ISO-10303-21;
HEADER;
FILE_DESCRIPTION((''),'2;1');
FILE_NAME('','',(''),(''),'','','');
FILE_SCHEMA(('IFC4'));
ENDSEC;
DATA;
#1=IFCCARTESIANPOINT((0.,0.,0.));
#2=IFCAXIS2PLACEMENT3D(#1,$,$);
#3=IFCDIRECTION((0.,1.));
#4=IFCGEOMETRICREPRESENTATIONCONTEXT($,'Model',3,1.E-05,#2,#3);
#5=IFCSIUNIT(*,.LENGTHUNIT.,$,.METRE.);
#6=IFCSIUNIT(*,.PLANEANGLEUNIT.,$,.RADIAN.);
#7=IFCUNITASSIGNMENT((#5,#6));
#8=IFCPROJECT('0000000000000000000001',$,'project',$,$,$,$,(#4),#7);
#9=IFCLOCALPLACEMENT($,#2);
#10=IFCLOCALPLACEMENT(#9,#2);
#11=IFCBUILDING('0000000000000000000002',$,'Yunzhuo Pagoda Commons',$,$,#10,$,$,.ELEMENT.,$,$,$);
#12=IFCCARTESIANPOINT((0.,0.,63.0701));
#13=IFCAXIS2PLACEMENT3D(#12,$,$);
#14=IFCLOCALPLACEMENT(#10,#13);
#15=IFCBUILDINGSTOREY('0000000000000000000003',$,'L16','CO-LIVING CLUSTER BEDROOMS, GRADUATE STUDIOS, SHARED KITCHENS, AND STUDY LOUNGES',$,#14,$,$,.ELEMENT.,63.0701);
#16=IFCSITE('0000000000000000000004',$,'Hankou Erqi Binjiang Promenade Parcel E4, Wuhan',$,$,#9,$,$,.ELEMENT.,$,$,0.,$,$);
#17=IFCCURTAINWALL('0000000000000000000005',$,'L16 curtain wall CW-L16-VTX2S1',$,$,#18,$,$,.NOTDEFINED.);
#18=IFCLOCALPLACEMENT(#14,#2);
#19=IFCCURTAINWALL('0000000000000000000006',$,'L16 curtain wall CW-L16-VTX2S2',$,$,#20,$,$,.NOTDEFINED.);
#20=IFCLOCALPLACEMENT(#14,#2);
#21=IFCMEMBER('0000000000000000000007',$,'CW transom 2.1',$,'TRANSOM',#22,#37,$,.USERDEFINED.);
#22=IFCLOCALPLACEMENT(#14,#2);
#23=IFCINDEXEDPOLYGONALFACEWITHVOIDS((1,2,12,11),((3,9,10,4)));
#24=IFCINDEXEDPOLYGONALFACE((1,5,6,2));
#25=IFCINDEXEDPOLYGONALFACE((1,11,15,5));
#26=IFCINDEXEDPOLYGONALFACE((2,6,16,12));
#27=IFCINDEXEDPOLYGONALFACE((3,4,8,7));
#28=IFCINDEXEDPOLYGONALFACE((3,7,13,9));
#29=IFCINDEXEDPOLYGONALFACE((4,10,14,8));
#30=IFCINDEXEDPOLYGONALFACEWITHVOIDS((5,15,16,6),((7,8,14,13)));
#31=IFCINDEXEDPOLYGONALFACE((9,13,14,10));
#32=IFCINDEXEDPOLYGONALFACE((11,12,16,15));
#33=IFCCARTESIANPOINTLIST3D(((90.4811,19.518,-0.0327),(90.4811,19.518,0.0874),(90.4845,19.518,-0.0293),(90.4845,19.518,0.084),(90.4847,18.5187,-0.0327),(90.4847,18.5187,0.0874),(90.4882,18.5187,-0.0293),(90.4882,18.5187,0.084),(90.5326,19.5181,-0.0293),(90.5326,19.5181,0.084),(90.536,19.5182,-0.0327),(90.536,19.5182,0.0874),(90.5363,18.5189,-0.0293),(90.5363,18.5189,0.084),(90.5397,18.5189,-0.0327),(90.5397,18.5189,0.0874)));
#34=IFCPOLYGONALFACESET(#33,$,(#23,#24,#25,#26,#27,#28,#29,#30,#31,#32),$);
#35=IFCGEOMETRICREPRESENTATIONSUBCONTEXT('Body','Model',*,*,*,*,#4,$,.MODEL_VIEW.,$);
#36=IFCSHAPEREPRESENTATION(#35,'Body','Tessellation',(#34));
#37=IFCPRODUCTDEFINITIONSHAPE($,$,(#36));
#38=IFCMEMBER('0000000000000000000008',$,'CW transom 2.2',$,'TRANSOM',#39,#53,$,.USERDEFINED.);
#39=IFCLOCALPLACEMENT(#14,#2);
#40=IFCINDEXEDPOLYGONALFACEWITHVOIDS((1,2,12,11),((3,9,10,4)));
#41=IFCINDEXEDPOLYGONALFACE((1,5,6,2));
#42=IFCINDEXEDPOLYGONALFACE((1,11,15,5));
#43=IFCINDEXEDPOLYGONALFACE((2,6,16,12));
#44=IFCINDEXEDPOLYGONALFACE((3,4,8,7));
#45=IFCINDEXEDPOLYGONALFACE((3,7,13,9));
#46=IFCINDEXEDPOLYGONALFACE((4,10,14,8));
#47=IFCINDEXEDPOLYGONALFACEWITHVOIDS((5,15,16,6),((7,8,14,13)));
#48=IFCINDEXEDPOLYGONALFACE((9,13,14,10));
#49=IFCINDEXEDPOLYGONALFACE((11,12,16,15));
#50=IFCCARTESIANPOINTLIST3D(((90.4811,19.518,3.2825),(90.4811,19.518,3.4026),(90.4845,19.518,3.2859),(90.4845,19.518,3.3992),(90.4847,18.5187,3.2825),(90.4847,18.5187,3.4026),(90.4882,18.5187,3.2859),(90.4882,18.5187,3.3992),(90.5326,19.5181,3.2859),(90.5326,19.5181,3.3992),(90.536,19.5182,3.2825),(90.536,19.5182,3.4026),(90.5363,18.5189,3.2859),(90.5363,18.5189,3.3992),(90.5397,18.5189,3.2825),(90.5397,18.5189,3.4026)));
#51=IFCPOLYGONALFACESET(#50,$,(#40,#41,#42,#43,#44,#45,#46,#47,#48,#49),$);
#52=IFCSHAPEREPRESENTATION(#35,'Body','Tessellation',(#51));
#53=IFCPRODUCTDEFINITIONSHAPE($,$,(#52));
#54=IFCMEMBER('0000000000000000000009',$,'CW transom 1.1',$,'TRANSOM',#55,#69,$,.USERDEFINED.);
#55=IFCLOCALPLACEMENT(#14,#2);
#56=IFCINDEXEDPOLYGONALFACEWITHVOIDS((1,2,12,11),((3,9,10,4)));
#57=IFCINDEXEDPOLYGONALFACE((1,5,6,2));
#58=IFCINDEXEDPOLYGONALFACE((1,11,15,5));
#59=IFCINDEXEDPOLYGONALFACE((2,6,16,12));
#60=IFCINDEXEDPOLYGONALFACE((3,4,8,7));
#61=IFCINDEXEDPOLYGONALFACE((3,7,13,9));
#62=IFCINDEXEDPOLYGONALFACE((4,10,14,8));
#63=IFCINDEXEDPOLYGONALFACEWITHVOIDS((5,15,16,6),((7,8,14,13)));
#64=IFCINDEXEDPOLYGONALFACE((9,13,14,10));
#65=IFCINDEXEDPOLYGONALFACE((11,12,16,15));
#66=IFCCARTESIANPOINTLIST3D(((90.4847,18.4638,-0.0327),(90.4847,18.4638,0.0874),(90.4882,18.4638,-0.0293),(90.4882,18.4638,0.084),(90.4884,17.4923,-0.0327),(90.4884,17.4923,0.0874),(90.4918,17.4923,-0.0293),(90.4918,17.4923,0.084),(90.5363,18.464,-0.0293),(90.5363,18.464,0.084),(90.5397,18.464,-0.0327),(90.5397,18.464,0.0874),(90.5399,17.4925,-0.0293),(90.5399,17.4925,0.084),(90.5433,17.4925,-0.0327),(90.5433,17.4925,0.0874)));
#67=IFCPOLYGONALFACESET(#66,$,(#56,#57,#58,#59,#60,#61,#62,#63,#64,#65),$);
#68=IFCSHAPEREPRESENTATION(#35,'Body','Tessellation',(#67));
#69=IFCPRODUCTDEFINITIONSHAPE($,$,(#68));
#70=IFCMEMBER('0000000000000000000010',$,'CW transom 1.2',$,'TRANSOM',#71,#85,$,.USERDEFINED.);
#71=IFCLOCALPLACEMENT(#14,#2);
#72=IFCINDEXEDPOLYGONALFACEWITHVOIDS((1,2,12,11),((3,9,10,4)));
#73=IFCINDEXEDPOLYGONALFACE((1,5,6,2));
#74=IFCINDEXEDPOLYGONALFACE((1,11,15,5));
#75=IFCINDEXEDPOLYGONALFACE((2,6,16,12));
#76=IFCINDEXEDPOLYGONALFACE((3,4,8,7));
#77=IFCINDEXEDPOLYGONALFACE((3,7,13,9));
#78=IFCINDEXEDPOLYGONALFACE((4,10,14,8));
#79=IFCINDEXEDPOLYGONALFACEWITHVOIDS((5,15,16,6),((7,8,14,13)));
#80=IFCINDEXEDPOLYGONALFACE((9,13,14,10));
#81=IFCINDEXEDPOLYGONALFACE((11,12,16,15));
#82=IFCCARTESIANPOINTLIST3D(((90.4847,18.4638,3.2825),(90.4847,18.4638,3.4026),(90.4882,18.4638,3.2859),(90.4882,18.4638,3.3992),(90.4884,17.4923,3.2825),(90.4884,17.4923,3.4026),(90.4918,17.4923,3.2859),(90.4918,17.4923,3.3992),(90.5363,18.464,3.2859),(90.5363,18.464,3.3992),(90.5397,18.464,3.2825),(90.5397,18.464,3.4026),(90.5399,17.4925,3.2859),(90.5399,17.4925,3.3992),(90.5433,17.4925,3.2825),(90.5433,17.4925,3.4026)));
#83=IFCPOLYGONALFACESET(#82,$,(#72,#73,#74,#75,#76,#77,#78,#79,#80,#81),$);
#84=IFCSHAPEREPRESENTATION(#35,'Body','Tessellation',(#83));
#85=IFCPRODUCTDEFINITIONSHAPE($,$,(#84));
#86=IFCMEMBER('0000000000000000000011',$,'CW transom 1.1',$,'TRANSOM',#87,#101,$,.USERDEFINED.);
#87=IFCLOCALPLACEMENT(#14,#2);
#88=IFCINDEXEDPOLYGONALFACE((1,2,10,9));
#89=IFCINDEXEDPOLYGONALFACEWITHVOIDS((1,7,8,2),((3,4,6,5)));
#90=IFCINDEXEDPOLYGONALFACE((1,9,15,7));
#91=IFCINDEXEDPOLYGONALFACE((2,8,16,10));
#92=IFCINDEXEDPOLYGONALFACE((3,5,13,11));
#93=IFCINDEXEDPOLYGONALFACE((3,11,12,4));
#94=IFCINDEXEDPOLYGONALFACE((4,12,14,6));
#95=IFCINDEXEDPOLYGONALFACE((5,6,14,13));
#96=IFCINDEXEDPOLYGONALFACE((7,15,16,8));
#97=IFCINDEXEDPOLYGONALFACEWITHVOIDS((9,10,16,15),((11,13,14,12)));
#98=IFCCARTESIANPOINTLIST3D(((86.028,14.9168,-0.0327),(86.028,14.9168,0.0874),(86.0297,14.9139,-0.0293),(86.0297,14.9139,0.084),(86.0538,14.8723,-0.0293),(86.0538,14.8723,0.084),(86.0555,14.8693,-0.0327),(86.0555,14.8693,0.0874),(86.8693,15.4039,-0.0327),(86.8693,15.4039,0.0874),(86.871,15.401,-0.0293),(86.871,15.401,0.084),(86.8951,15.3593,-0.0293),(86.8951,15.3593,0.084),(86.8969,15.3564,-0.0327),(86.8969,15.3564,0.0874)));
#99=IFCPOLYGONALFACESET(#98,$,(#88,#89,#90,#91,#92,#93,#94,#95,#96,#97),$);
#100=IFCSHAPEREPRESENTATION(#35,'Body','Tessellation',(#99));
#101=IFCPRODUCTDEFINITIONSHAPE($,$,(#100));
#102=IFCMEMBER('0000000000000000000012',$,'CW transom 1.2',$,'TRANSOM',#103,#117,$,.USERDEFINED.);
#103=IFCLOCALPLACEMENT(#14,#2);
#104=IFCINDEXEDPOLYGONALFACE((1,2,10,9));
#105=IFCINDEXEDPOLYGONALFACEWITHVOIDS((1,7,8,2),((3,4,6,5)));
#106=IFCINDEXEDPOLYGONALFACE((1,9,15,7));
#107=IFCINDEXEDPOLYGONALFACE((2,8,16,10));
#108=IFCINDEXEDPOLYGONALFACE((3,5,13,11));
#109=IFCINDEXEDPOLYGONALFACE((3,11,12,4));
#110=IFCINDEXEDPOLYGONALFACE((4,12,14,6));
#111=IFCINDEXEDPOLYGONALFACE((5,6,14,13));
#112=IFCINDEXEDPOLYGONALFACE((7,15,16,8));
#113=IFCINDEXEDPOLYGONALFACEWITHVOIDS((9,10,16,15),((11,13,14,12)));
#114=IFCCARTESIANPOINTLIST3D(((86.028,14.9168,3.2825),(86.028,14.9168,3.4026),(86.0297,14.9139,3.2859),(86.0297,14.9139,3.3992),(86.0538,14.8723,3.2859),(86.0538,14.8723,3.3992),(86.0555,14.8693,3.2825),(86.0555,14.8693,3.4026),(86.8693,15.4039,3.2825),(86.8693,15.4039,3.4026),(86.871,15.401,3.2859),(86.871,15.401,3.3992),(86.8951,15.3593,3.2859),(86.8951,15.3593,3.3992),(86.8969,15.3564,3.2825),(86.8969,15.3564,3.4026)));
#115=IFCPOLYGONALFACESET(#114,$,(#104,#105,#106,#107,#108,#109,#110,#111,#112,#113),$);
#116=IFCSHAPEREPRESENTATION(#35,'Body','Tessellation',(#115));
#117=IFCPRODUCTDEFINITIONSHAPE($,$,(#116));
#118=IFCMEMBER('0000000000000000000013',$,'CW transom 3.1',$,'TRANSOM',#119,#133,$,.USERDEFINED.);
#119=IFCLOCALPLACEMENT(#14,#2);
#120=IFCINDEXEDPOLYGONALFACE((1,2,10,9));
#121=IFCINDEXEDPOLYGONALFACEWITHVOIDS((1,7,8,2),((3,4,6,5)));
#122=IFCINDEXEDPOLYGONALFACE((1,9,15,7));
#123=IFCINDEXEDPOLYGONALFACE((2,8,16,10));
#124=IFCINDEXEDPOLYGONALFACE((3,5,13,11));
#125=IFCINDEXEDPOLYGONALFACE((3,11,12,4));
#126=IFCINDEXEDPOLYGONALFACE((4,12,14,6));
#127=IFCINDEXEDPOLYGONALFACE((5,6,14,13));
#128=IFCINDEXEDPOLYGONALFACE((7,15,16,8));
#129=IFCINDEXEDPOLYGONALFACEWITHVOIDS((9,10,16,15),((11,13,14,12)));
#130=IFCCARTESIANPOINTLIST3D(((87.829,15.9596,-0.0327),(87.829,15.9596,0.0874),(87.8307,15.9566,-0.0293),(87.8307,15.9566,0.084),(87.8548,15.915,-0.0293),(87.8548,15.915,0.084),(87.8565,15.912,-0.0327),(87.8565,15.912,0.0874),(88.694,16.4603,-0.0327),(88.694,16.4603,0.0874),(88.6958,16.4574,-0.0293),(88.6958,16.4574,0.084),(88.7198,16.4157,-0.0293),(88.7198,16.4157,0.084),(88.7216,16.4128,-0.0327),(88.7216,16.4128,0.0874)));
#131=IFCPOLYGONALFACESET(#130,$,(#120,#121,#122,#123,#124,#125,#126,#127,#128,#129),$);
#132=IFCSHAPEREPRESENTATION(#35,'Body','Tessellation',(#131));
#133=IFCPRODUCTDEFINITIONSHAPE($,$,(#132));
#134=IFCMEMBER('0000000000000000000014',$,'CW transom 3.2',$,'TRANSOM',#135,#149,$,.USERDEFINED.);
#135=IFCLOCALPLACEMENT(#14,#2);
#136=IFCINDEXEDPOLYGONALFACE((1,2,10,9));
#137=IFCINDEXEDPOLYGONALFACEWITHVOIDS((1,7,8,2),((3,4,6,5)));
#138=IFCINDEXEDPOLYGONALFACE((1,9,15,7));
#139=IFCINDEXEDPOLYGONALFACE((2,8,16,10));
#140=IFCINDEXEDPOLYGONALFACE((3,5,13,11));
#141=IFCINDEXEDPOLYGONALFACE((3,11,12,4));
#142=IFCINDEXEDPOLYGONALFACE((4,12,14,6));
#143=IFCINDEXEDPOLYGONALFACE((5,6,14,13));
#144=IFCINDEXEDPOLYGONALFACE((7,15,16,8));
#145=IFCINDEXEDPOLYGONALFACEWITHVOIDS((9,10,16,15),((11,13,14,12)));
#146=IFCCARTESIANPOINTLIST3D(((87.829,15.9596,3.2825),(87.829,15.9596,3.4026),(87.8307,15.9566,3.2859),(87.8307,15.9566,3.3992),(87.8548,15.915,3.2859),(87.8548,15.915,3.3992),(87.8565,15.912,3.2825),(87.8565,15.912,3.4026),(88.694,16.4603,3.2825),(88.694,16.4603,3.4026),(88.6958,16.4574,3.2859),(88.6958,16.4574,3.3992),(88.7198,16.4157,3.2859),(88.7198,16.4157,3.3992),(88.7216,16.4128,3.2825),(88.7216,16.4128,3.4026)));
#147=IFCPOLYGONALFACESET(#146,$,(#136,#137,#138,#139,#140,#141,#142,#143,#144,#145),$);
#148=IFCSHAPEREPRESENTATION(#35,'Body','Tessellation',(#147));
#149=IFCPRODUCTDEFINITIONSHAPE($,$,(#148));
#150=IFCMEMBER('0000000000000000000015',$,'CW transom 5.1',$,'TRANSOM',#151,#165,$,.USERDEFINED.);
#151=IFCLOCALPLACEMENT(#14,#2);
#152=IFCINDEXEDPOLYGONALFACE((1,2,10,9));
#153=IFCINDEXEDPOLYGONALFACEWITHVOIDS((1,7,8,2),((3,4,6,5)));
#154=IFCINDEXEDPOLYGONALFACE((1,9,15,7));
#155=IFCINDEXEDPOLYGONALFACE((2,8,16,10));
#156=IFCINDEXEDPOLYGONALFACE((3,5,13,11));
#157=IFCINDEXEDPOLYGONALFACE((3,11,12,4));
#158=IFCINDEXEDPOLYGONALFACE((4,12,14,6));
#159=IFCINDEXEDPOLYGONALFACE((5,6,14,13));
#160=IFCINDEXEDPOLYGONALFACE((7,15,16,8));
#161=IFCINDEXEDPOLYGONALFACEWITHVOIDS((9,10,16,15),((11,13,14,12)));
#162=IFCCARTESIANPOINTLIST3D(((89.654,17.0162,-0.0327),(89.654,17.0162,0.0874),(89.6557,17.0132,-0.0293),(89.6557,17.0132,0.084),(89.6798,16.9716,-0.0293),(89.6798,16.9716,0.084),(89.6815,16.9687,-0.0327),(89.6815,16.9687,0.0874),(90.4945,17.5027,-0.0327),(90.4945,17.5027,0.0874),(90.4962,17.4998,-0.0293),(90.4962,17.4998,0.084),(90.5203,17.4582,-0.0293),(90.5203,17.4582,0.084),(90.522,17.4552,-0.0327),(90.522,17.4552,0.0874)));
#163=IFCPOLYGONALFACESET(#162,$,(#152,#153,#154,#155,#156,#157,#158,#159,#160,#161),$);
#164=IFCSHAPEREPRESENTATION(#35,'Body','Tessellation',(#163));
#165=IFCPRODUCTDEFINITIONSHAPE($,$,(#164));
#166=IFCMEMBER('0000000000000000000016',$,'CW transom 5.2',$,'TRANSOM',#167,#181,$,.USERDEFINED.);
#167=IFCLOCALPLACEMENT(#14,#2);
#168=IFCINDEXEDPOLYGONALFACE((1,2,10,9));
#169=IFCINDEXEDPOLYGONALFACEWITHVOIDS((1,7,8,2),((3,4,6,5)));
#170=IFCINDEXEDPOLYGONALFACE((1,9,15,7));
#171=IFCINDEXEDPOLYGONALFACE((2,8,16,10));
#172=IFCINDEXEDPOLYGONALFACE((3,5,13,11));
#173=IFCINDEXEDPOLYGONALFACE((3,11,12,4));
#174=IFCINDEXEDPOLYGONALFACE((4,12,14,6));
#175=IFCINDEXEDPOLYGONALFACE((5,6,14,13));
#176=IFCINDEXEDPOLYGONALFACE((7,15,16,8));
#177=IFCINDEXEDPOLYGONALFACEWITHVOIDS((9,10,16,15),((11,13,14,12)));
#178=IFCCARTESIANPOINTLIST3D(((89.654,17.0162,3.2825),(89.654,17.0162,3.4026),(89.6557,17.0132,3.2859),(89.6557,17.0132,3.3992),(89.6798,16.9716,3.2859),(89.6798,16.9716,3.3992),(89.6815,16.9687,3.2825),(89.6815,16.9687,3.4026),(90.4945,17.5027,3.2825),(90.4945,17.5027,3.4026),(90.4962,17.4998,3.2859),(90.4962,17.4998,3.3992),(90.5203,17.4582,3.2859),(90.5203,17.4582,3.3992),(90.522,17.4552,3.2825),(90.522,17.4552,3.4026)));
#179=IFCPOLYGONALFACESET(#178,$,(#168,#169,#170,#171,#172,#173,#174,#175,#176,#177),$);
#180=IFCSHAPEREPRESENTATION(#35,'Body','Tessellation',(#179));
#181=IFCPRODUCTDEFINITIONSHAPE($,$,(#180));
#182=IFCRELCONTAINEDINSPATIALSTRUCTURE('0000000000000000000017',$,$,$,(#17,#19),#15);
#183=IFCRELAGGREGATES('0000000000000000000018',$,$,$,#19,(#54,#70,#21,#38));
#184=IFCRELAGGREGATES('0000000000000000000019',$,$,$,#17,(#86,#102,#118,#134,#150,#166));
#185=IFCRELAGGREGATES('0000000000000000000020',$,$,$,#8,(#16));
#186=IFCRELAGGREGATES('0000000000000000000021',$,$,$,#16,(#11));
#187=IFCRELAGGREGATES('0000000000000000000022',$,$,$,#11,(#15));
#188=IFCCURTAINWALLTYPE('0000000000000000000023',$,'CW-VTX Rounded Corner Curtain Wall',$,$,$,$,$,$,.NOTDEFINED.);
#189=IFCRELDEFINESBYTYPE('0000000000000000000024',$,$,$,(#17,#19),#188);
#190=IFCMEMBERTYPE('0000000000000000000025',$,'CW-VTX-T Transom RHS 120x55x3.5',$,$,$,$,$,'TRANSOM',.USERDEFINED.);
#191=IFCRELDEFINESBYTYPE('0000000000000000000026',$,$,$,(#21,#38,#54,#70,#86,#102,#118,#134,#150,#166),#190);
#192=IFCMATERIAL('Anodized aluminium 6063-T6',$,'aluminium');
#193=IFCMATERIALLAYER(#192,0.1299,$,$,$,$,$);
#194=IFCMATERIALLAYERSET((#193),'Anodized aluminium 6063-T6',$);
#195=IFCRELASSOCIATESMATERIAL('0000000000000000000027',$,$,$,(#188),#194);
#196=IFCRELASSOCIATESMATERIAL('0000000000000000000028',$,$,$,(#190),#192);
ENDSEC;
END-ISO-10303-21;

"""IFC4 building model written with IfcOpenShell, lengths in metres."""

from ifc_helpers import new_model, si_unit, direction, frame, origin, origin_2d, place, context, subcontext, project, spatial, hollow_rectangle, extrude, source, transform, mapped, material, layer, layer_set, material_profile, profile_set, type_object, element, aggregate, save


model = new_model("IFC4")

# Units and contexts
model_context = context("Model", 3, precision=1e-05, world=origin(), true_north=direction((0.0, 1.0)))
body_context = subcontext(model_context, "Body", "Model", "MODEL_VIEW")
ifc_project = project(units=[si_unit("LENGTHUNIT", "METRE"), si_unit("PLANEANGLEUNIT", "RADIAN")], contexts=[model_context])

# Site, building, storey
site_placement = place(None, origin())
site = spatial("IfcSite", under=ifc_project, at=site_placement, Name="Hankou Erqi Binjiang Promenade Parcel E4, Wuhan", CompositionType="ELEMENT", RefElevation=0.0)
building_placement = place(site_placement, origin())
building = spatial("IfcBuilding", under=site, at=building_placement, Name="Yunzhuo Pagoda Commons", CompositionType="ELEMENT")
storey_placement = place(building_placement, frame((0.0, 0.0, 63.0701)))
storey = spatial("IfcBuildingStorey", under=building, at=storey_placement, Name="L16", Description="CO-LIVING CLUSTER BEDROOMS, GRADUATE STUDIOS, SHARED KITCHENS, AND STUDY LOUNGES", CompositionType="ELEMENT", Elevation=63.0701)

# Shared definitions
ifc_material_1 = material(Name="Anodized aluminium 6063-T6", Category="aluminium")

# Curtain wall
ifc_layer_1 = layer(ifc_material_1, 0.1299)
ifc_layer_set_1 = layer_set([ifc_layer_1], Name="Anodized aluminium 6063-T6")
curtain_wall_type_1 = type_object("IfcCurtainWallType", Name="CW-VTX Rounded Corner Curtain Wall", PredefinedType="NOTDEFINED", material=ifc_layer_set_1)
curtain_wall_1_placement = place(storey_placement, origin())
curtain_wall_1 = element("IfcCurtainWall", 1, at=curtain_wall_1_placement, inside=storey, type_object=curtain_wall_type_1, Name="L16 curtain wall CW-L16-VTX2S1", PredefinedType="NOTDEFINED")

# Curtain wall
curtain_wall_2_placement = place(storey_placement, origin())
curtain_wall_2 = element("IfcCurtainWall", 2, at=curtain_wall_2_placement, inside=storey, type_object=curtain_wall_type_1, Name="L16 curtain wall CW-L16-VTX2S2", PredefinedType="NOTDEFINED")

# Members
ifc_material_profile_1 = material_profile(ifc_material_1, hollow_rectangle(XDim=0.0549, YDim=0.1201, WallThickness=0.0034, at=origin_2d()), Name="Anodized aluminium 6063-T6")
ifc_profile_set_1 = profile_set([ifc_material_profile_1], Name="Anodized aluminium 6063-T6")
member_type_1 = type_object("IfcMemberType", Name="CW-VTX-T Transom RHS 120x55x3.5", ElementType="TRANSOM", PredefinedType="USERDEFINED", material=ifc_profile_set_1)
shared_shape_1 = source(origin(), body_context, "Body", "SweptSolid", [
    extrude(hollow_rectangle(XDim=0.0549, YDim=0.1201, WallThickness=0.0034, at=origin_2d()), origin(), (0.0, 0.0, 1.0), 0.9993),
])
member_1_placement = place(storey_placement, frame((90.5122, 18.5188, 0.0273), z_axis=(-0.003665, 0.999993, 0.0), x_axis=(-0.999993, -0.003665, 0.0)))
member_1 = element("IfcMember", 3, at=member_1_placement, type_object=member_type_1, Name="CW transom 2.1", ObjectType="TRANSOM", PredefinedType="USERDEFINED", context=body_context, shape_type="MappedRepresentation", body=[
    mapped(shared_shape_1, transform((0.0, 0.0, 0.0), scale=1.0)),
])
member_2_placement = place(storey_placement, frame((90.5122, 18.5188, 3.3425), z_axis=(-0.003665, 0.999993, 0.0), x_axis=(-0.999993, -0.003665, 0.0)))
member_2 = element("IfcMember", 4, at=member_2_placement, type_object=member_type_1, Name="CW transom 2.2", ObjectType="TRANSOM", PredefinedType="USERDEFINED", context=body_context, shape_type="MappedRepresentation", body=[
    mapped(shared_shape_1, transform((0.0, 0.0, 0.0), scale=1.0)),
])
shared_shape_2 = source(origin(), body_context, "Body", "SweptSolid", [
    extrude(hollow_rectangle(XDim=0.0549, YDim=0.1201, WallThickness=0.0034, at=origin_2d()), origin(), (0.0, 0.0, 1.0), 0.9714),
])
member_3_placement = place(storey_placement, frame((90.5159, 17.4924, 0.0273), z_axis=(-0.00377, 0.999993, 0.0), x_axis=(-0.999993, -0.00377, 0.0)))
member_3 = element("IfcMember", 5, at=member_3_placement, type_object=member_type_1, Name="CW transom 1.1", ObjectType="TRANSOM", PredefinedType="USERDEFINED", context=body_context, shape_type="MappedRepresentation", body=[
    mapped(shared_shape_2, transform((0.0, 0.0, 0.0), scale=1.0)),
])
member_4_placement = place(storey_placement, frame((90.5159, 17.4924, 3.3425), z_axis=(-0.00377, 0.999993, 0.0), x_axis=(-0.999993, -0.00377, 0.0)))
member_4 = element("IfcMember", 6, at=member_4_placement, type_object=member_type_1, Name="CW transom 1.2", ObjectType="TRANSOM", PredefinedType="USERDEFINED", context=body_context, shape_type="MappedRepresentation", body=[
    mapped(shared_shape_2, transform((0.0, 0.0, 0.0), scale=1.0)),
])
shared_shape_3 = source(origin(), body_context, "Body", "SweptSolid", [
    extrude(hollow_rectangle(XDim=0.0549, YDim=0.1201, WallThickness=0.0034, at=origin_2d()), origin(), (0.0, 0.0, 1.0), 0.9722),
])
member_5_placement = place(storey_placement, frame((86.0417, 14.8931, 0.0273), z_axis=(0.865432, 0.501026, 0.0), x_axis=(-0.501026, 0.865432, 0.0)))
member_5 = element("IfcMember", 7, at=member_5_placement, type_object=member_type_1, Name="CW transom 1.1", ObjectType="TRANSOM", PredefinedType="USERDEFINED", context=body_context, shape_type="MappedRepresentation", body=[
    mapped(shared_shape_3, transform((0.0, 0.0, 0.0), scale=1.0)),
])
member_6_placement = place(storey_placement, frame((86.0417, 14.8931, 3.3425), z_axis=(0.865432, 0.501026, 0.0), x_axis=(-0.501026, 0.865432, 0.0)))
member_6 = element("IfcMember", 8, at=member_6_placement, type_object=member_type_1, Name="CW transom 1.2", ObjectType="TRANSOM", PredefinedType="USERDEFINED", context=body_context, shape_type="MappedRepresentation", body=[
    mapped(shared_shape_3, transform((0.0, 0.0, 0.0), scale=1.0)),
])
shared_shape_4 = source(origin(), body_context, "Body", "SweptSolid", [
    extrude(hollow_rectangle(XDim=0.0549, YDim=0.1201, WallThickness=0.0034, at=origin_2d()), origin(), (0.0, 0.0, 1.0), 0.9995),
])
member_7_placement = place(storey_placement, frame((87.8428, 15.9358, 0.0273), z_axis=(0.865449, 0.500998, 0.0), x_axis=(-0.500998, 0.865449, 0.0)))
member_7 = element("IfcMember", 9, at=member_7_placement, type_object=member_type_1, Name="CW transom 3.1", ObjectType="TRANSOM", PredefinedType="USERDEFINED", context=body_context, shape_type="MappedRepresentation", body=[
    mapped(shared_shape_4, transform((0.0, 0.0, 0.0), scale=1.0)),
])
member_8_placement = place(storey_placement, frame((87.8428, 15.9358, 3.3425), z_axis=(0.865449, 0.500998, 0.0), x_axis=(-0.500998, 0.865449, 0.0)))
member_8 = element("IfcMember", 10, at=member_8_placement, type_object=member_type_1, Name="CW transom 3.2", ObjectType="TRANSOM", PredefinedType="USERDEFINED", context=body_context, shape_type="MappedRepresentation", body=[
    mapped(shared_shape_4, transform((0.0, 0.0, 0.0), scale=1.0)),
])
shared_shape_5 = source(origin(), body_context, "Body", "SweptSolid", [
    extrude(hollow_rectangle(XDim=0.0549, YDim=0.1201, WallThickness=0.0034, at=origin_2d()), origin(), (0.0, 0.0, 1.0), 0.9712),
])
member_9_placement = place(storey_placement, frame((89.6677, 16.9924, 0.0273), z_axis=(0.865461, 0.500977, 0.0), x_axis=(-0.500977, 0.865461, 0.0)))
member_9 = element("IfcMember", 11, at=member_9_placement, type_object=member_type_1, Name="CW transom 5.1", ObjectType="TRANSOM", PredefinedType="USERDEFINED", context=body_context, shape_type="MappedRepresentation", body=[
    mapped(shared_shape_5, transform((0.0, 0.0, 0.0), scale=1.0)),
])
member_10_placement = place(storey_placement, frame((89.6677, 16.9924, 3.3425), z_axis=(0.865461, 0.500977, 0.0), x_axis=(-0.500977, 0.865461, 0.0)))
member_10 = element("IfcMember", 12, at=member_10_placement, type_object=member_type_1, Name="CW transom 5.2", ObjectType="TRANSOM", PredefinedType="USERDEFINED", context=body_context, shape_type="MappedRepresentation", body=[
    mapped(shared_shape_5, transform((0.0, 0.0, 0.0), scale=1.0)),
])

aggregate(curtain_wall_2, [member_3, member_4, member_1, member_2])
aggregate(curtain_wall_1, [member_5, member_6, member_7, member_8, member_9, member_10])

save(model, "model.ifc")
